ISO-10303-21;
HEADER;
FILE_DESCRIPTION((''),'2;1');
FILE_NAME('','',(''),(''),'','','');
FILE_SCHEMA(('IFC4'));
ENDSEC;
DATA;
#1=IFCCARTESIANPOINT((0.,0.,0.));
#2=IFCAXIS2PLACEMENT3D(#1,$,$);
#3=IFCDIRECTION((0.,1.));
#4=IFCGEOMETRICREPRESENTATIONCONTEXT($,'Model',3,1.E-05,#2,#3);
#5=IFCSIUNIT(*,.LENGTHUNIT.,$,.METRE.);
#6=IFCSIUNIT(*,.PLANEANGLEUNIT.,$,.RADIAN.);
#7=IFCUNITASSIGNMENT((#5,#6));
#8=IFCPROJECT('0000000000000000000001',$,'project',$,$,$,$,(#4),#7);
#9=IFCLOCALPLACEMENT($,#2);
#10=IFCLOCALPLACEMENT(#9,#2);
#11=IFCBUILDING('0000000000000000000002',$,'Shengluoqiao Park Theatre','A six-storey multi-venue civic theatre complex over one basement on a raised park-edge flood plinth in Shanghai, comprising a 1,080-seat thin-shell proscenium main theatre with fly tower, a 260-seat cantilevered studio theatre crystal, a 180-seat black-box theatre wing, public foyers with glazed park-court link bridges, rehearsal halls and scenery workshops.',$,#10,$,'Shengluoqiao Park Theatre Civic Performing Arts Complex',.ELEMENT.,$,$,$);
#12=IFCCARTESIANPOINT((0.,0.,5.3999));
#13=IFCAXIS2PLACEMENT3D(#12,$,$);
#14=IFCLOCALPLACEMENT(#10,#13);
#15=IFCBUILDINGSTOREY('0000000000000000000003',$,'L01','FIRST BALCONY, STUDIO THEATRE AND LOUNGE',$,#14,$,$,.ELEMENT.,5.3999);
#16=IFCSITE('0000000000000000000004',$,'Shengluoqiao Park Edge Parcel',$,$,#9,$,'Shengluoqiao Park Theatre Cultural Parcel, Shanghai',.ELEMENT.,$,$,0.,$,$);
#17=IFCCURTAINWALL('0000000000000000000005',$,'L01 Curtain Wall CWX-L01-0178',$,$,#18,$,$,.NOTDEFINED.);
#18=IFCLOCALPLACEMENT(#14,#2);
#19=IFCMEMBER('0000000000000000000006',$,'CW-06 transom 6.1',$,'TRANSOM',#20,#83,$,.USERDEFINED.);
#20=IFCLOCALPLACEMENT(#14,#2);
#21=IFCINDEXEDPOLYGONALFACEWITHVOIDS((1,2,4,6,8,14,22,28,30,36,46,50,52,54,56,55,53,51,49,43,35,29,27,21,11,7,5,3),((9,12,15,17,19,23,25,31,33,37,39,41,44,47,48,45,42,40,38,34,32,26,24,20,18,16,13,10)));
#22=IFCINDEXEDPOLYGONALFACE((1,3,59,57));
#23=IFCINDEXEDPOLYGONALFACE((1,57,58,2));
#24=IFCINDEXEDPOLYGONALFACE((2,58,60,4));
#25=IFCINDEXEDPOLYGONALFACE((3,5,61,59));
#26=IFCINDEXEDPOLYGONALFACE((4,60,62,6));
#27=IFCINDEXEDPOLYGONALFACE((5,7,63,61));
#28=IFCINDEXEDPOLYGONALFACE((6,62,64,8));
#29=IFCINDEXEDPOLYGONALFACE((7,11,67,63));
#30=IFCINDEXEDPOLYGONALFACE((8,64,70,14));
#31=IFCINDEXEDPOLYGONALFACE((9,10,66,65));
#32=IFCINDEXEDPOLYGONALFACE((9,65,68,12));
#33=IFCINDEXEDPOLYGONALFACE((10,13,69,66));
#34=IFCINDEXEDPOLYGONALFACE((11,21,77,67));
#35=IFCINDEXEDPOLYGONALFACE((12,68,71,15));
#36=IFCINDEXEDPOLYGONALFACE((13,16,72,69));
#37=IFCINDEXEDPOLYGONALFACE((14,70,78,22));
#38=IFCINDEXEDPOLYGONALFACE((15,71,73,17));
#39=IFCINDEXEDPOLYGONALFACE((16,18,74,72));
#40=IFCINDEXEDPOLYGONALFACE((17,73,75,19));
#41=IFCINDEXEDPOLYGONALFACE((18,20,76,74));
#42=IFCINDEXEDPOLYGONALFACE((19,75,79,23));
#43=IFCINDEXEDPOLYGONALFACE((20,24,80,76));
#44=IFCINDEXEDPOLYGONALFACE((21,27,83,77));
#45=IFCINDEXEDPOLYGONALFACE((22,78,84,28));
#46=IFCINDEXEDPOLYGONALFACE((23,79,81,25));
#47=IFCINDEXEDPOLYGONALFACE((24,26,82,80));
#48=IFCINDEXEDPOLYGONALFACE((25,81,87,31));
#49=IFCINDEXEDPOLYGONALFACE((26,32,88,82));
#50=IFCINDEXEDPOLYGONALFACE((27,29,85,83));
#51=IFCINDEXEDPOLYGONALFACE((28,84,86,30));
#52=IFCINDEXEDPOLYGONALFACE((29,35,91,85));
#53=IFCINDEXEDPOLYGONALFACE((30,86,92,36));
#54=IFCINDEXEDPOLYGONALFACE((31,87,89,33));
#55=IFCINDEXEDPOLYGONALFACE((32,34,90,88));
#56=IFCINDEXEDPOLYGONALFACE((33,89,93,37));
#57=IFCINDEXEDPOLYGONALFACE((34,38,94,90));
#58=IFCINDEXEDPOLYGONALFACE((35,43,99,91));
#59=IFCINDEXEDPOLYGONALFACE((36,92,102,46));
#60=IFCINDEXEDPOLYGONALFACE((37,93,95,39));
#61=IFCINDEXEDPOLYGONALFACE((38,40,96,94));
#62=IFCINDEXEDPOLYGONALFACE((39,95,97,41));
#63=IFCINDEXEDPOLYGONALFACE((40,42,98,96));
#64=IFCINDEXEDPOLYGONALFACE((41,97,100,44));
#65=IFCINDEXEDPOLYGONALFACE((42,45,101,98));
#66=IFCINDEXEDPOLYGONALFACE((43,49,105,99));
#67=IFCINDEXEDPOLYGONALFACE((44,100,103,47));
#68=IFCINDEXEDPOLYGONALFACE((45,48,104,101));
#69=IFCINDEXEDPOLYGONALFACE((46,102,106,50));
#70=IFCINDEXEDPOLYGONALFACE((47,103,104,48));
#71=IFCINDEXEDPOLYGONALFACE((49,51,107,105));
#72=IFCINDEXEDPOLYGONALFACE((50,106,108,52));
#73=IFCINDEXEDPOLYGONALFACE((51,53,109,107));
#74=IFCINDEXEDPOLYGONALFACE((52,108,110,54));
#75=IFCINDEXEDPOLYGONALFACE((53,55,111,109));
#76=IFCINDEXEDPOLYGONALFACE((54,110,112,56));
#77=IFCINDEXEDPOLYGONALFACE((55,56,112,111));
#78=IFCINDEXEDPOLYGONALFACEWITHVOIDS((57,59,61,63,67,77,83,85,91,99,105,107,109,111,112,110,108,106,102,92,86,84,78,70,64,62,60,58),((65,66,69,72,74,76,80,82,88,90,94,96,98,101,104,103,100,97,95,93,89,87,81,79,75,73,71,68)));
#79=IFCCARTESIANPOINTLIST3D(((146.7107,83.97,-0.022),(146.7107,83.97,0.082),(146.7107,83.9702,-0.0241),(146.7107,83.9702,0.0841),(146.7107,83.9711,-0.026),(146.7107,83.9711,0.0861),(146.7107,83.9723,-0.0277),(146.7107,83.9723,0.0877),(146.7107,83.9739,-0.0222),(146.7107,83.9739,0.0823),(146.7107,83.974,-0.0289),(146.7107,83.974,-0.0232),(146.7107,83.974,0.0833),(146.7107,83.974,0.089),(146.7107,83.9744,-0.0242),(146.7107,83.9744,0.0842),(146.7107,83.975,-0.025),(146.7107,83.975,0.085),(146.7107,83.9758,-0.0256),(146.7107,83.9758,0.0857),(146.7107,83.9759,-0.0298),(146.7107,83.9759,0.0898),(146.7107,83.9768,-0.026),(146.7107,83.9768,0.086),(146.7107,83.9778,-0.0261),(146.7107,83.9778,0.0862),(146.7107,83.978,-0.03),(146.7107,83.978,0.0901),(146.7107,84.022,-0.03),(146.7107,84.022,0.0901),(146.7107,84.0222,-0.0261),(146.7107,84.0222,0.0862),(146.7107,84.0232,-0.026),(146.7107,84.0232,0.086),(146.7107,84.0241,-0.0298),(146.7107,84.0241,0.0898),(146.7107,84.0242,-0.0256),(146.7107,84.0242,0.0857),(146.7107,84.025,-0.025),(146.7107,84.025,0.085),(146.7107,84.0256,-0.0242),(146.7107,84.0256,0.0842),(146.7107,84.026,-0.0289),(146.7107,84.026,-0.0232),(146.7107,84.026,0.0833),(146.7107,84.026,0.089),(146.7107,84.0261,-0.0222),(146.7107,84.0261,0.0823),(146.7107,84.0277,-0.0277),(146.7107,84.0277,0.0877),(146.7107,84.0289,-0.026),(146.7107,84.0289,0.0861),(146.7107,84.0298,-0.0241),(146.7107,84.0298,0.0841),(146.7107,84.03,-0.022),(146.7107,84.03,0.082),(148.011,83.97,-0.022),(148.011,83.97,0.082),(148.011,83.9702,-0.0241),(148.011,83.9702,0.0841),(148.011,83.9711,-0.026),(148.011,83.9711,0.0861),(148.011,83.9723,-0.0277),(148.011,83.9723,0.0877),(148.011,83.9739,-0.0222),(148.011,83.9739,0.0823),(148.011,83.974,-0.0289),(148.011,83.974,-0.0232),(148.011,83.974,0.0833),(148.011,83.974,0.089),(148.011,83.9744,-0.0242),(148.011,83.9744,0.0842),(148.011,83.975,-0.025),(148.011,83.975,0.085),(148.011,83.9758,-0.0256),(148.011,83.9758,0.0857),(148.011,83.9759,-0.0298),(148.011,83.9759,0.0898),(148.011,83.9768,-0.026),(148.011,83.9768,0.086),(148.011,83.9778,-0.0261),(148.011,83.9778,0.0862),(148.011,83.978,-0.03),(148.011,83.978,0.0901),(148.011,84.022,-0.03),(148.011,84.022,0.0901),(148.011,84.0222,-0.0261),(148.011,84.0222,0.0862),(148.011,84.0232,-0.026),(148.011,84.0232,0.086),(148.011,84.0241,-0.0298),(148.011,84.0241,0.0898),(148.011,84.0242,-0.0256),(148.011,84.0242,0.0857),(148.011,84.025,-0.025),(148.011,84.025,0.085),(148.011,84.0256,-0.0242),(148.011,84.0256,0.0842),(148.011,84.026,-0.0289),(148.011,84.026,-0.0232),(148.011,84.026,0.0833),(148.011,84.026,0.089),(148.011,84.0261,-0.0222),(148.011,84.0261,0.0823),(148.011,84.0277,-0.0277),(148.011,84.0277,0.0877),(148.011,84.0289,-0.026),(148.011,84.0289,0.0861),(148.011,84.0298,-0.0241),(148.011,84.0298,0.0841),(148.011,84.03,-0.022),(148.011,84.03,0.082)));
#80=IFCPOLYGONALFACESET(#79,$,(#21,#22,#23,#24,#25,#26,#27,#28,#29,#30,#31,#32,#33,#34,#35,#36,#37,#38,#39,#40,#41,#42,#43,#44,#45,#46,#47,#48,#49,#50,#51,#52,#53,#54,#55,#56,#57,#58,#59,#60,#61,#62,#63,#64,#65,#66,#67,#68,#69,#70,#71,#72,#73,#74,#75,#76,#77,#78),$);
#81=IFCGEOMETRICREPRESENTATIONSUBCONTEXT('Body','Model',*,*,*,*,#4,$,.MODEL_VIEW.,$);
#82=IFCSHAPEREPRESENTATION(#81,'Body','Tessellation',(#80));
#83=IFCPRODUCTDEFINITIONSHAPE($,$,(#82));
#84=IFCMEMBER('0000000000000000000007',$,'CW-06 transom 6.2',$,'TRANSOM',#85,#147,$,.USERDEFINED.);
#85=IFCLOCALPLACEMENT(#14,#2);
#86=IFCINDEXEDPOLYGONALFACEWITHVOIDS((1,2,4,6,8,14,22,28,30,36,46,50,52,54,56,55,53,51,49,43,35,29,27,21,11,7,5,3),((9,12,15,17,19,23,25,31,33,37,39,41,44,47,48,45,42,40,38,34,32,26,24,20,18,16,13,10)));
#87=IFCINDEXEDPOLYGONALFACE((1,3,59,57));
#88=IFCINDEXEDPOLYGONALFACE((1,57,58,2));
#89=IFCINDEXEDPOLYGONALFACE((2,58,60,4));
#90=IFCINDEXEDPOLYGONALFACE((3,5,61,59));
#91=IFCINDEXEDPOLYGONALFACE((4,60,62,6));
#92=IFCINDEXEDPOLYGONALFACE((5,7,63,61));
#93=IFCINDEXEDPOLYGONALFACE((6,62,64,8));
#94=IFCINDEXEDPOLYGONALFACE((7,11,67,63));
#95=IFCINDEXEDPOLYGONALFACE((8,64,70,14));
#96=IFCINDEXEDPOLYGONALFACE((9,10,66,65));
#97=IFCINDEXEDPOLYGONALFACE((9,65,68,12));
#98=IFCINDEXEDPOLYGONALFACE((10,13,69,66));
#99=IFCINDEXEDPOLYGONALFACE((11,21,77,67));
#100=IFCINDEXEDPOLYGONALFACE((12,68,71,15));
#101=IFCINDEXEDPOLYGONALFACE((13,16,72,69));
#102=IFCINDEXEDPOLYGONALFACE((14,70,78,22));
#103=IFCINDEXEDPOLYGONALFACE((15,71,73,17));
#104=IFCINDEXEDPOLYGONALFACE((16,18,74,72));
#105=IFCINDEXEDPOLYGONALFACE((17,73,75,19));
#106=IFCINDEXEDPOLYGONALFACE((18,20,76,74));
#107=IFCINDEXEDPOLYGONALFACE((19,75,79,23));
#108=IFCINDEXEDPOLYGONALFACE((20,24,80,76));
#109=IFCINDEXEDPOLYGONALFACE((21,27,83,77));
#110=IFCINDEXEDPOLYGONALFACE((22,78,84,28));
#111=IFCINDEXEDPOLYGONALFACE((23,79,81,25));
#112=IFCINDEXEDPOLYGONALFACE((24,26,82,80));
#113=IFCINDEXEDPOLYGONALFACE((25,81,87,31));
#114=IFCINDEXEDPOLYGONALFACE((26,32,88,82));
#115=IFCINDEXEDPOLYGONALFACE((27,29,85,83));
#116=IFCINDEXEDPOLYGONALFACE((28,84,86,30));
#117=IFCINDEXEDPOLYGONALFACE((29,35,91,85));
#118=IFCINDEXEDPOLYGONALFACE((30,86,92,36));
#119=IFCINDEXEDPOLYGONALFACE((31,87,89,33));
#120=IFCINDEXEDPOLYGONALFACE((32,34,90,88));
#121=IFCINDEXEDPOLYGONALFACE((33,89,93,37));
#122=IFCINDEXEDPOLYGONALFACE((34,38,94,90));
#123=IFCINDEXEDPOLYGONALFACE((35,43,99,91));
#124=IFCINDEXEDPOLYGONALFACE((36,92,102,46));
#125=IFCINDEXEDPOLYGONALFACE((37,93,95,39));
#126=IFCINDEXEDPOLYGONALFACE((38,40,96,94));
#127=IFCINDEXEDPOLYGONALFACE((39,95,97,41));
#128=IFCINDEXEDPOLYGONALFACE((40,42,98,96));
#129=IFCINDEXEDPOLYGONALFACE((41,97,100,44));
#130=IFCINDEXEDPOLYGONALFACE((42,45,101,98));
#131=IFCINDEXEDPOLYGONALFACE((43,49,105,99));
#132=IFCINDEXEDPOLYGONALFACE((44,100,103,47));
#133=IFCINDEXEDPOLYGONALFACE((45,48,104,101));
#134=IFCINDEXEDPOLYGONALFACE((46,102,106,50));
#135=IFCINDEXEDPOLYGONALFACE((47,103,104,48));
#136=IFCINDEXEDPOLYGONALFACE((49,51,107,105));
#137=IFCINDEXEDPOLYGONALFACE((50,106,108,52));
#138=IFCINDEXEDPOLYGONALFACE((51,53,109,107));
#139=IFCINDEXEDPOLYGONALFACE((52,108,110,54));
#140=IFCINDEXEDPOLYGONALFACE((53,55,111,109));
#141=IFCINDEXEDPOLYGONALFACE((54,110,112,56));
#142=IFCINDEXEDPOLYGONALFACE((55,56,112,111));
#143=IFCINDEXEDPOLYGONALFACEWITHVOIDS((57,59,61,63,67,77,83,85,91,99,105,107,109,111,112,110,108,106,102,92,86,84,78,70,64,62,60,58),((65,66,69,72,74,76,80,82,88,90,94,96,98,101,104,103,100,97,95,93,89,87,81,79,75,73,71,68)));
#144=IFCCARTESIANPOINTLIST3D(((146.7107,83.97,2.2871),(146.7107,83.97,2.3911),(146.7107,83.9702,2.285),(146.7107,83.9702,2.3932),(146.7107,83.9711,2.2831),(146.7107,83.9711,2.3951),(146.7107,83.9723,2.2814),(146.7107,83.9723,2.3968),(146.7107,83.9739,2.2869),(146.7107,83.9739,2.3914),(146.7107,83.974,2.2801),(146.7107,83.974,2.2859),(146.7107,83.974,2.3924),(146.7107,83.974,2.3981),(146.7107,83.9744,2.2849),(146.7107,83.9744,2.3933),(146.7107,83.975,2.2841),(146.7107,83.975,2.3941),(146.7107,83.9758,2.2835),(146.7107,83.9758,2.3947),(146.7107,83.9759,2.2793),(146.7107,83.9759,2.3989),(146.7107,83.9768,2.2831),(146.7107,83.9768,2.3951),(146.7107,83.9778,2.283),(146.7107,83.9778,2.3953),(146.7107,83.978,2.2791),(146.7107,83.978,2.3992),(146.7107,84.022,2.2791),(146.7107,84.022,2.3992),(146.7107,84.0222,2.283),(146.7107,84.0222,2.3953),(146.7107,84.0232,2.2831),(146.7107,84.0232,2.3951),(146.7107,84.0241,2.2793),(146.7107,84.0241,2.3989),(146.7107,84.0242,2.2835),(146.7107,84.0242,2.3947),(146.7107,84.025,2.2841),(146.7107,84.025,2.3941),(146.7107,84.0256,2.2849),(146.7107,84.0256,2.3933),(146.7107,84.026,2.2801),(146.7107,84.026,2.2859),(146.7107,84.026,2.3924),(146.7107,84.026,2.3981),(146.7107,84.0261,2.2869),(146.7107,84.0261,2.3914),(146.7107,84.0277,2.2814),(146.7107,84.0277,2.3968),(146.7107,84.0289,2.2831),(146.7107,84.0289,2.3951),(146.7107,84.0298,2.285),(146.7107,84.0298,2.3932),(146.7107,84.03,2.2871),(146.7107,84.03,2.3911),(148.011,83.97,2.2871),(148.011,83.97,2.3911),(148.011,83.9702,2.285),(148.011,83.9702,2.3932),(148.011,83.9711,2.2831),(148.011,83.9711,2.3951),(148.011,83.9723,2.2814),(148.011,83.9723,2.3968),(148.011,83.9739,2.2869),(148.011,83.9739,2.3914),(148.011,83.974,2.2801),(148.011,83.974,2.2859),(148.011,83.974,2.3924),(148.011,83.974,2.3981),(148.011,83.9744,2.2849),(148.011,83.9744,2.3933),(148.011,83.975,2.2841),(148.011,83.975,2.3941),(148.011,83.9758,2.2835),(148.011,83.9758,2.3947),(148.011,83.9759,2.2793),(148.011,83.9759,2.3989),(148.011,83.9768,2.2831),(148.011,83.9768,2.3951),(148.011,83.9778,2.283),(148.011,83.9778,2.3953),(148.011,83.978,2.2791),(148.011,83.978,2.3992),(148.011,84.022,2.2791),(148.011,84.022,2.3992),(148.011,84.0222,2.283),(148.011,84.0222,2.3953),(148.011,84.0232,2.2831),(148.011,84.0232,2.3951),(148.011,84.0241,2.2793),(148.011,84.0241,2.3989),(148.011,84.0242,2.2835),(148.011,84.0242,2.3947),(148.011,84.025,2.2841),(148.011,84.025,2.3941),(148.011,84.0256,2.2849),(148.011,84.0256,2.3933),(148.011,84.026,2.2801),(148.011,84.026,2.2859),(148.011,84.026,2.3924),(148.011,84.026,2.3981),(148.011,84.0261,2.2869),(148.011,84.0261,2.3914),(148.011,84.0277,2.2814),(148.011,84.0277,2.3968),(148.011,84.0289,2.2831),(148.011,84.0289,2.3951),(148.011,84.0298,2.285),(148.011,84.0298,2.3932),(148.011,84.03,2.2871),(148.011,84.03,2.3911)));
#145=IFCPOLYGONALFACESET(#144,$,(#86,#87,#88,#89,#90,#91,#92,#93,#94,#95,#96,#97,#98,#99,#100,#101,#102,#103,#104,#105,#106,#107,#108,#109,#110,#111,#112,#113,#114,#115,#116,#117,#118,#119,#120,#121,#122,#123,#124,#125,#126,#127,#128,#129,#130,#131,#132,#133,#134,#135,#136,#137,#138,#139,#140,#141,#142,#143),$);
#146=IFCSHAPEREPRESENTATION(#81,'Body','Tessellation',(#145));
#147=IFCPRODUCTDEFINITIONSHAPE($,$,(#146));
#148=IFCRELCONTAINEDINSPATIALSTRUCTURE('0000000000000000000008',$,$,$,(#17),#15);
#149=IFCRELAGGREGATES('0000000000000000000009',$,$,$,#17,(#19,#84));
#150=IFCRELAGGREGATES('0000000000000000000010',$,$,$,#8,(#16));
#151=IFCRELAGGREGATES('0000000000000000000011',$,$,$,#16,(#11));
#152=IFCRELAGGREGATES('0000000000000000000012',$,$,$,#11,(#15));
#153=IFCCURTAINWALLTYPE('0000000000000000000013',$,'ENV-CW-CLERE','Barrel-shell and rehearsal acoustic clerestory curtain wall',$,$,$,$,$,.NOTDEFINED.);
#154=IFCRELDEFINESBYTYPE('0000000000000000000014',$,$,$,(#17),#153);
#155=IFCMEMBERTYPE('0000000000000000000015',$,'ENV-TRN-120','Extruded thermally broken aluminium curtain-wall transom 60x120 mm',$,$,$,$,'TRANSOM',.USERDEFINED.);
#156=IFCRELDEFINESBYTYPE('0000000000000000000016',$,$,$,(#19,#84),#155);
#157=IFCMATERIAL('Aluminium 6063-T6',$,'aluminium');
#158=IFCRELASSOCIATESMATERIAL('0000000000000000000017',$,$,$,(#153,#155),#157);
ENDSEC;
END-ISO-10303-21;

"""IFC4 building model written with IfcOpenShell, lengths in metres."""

from ifc_helpers import new_model, si_unit, direction, frame, origin, origin_2d, place, context, subcontext, project, spatial, hollow_rectangle, extrude, material, material_profile, profile_set, type_object, element, aggregate, save


model = new_model("IFC4")

# Units and contexts
model_context = context("Model", 3, precision=1e-05, world=origin(), true_north=direction((0.0, 1.0)))
body_context = subcontext(model_context, "Body", "Model", "MODEL_VIEW")
ifc_project = project(units=[si_unit("LENGTHUNIT", "METRE"), si_unit("PLANEANGLEUNIT", "RADIAN")], contexts=[model_context])

# Site, building, storey
site_placement = place(None, origin())
site = spatial("IfcSite", under=ifc_project, at=site_placement, Name="Shengluoqiao Park Edge Parcel", LongName="Shengluoqiao Park Theatre Cultural Parcel, Shanghai", CompositionType="ELEMENT", RefElevation=0.0)
building_placement = place(site_placement, origin())
building = spatial("IfcBuilding", under=site, at=building_placement, Name="Shengluoqiao Park Theatre", Description="A six-storey multi-venue civic theatre complex over one basement on a raised park-edge flood plinth in Shanghai, comprising a 1,080-seat thin-shell proscenium main theatre with fly tower, a 260-seat cantilevered studio theatre crystal, a 180-seat black-box theatre wing, public foyers with glazed park-court link bridges, rehearsal halls and scenery workshops.", LongName="Shengluoqiao Park Theatre Civic Performing Arts Complex", CompositionType="ELEMENT")
storey_placement = place(building_placement, frame((0.0, 0.0, 5.3999)))
storey = spatial("IfcBuildingStorey", under=building, at=storey_placement, Name="L01", Description="FIRST BALCONY, STUDIO THEATRE AND LOUNGE", CompositionType="ELEMENT", Elevation=5.3999)

# Shared definitions
ifc_material_1 = material(Name="Aluminium 6063-T6", Category="aluminium")

# Curtain wall
curtain_wall_type_1 = type_object("IfcCurtainWallType", Name="ENV-CW-CLERE", Description="Barrel-shell and rehearsal acoustic clerestory curtain wall", PredefinedType="NOTDEFINED", material=ifc_material_1)
curtain_wall_1_placement = place(storey_placement, origin())
curtain_wall_1 = element("IfcCurtainWall", 1, at=curtain_wall_1_placement, inside=storey, type_object=curtain_wall_type_1, Name="L01 Curtain Wall CWX-L01-0178", PredefinedType="NOTDEFINED")

# Members
ifc_material_profile_1 = material_profile(ifc_material_1, hollow_rectangle(XDim=0.0601, YDim=0.1201, WallThickness=0.0039, InnerFilletRadius=0.0039, OuterFilletRadius=0.0081, at=origin_2d()), Name="ALU TRANSOM 120x60x4")
ifc_profile_set_1 = profile_set([ifc_material_profile_1], Name="Aluminium 6063-T6")
member_type_1 = type_object("IfcMemberType", Name="ENV-TRN-120", Description="Extruded thermally broken aluminium curtain-wall transom 60x120 mm", ElementType="TRANSOM", PredefinedType="USERDEFINED", material=ifc_profile_set_1)
member_1_placement = place(storey_placement, frame((146.7107, 84.0, 0.03), z_axis=(1.0, 0.0, 0.0), x_axis=(0.0, 1.0, 0.0)))
member_1 = element("IfcMember", 2, at=member_1_placement, type_object=member_type_1, Name="CW-06 transom 6.1", ObjectType="TRANSOM", PredefinedType="USERDEFINED", context=body_context, shape_type="SweptSolid", body=[
    extrude(hollow_rectangle(XDim=0.0601, YDim=0.1201, WallThickness=0.0039, InnerFilletRadius=0.0039, OuterFilletRadius=0.0081, at=origin_2d()), origin(), (0.0, 0.0, 1.0), 1.3003),
])
member_2_placement = place(storey_placement, frame((146.7107, 84.0, 2.3391), z_axis=(1.0, 0.0, 0.0), x_axis=(0.0, 1.0, 0.0)))
member_2 = element("IfcMember", 3, at=member_2_placement, type_object=member_type_1, Name="CW-06 transom 6.2", ObjectType="TRANSOM", PredefinedType="USERDEFINED", context=body_context, shape_type="SweptSolid", body=[
    extrude(hollow_rectangle(XDim=0.0601, YDim=0.1201, WallThickness=0.0039, InnerFilletRadius=0.0039, OuterFilletRadius=0.0081, at=origin_2d()), origin(), (0.0, 0.0, 1.0), 1.3003),
])

aggregate(curtain_wall_1, [member_1, member_2])

save(model, "model.ifc")
